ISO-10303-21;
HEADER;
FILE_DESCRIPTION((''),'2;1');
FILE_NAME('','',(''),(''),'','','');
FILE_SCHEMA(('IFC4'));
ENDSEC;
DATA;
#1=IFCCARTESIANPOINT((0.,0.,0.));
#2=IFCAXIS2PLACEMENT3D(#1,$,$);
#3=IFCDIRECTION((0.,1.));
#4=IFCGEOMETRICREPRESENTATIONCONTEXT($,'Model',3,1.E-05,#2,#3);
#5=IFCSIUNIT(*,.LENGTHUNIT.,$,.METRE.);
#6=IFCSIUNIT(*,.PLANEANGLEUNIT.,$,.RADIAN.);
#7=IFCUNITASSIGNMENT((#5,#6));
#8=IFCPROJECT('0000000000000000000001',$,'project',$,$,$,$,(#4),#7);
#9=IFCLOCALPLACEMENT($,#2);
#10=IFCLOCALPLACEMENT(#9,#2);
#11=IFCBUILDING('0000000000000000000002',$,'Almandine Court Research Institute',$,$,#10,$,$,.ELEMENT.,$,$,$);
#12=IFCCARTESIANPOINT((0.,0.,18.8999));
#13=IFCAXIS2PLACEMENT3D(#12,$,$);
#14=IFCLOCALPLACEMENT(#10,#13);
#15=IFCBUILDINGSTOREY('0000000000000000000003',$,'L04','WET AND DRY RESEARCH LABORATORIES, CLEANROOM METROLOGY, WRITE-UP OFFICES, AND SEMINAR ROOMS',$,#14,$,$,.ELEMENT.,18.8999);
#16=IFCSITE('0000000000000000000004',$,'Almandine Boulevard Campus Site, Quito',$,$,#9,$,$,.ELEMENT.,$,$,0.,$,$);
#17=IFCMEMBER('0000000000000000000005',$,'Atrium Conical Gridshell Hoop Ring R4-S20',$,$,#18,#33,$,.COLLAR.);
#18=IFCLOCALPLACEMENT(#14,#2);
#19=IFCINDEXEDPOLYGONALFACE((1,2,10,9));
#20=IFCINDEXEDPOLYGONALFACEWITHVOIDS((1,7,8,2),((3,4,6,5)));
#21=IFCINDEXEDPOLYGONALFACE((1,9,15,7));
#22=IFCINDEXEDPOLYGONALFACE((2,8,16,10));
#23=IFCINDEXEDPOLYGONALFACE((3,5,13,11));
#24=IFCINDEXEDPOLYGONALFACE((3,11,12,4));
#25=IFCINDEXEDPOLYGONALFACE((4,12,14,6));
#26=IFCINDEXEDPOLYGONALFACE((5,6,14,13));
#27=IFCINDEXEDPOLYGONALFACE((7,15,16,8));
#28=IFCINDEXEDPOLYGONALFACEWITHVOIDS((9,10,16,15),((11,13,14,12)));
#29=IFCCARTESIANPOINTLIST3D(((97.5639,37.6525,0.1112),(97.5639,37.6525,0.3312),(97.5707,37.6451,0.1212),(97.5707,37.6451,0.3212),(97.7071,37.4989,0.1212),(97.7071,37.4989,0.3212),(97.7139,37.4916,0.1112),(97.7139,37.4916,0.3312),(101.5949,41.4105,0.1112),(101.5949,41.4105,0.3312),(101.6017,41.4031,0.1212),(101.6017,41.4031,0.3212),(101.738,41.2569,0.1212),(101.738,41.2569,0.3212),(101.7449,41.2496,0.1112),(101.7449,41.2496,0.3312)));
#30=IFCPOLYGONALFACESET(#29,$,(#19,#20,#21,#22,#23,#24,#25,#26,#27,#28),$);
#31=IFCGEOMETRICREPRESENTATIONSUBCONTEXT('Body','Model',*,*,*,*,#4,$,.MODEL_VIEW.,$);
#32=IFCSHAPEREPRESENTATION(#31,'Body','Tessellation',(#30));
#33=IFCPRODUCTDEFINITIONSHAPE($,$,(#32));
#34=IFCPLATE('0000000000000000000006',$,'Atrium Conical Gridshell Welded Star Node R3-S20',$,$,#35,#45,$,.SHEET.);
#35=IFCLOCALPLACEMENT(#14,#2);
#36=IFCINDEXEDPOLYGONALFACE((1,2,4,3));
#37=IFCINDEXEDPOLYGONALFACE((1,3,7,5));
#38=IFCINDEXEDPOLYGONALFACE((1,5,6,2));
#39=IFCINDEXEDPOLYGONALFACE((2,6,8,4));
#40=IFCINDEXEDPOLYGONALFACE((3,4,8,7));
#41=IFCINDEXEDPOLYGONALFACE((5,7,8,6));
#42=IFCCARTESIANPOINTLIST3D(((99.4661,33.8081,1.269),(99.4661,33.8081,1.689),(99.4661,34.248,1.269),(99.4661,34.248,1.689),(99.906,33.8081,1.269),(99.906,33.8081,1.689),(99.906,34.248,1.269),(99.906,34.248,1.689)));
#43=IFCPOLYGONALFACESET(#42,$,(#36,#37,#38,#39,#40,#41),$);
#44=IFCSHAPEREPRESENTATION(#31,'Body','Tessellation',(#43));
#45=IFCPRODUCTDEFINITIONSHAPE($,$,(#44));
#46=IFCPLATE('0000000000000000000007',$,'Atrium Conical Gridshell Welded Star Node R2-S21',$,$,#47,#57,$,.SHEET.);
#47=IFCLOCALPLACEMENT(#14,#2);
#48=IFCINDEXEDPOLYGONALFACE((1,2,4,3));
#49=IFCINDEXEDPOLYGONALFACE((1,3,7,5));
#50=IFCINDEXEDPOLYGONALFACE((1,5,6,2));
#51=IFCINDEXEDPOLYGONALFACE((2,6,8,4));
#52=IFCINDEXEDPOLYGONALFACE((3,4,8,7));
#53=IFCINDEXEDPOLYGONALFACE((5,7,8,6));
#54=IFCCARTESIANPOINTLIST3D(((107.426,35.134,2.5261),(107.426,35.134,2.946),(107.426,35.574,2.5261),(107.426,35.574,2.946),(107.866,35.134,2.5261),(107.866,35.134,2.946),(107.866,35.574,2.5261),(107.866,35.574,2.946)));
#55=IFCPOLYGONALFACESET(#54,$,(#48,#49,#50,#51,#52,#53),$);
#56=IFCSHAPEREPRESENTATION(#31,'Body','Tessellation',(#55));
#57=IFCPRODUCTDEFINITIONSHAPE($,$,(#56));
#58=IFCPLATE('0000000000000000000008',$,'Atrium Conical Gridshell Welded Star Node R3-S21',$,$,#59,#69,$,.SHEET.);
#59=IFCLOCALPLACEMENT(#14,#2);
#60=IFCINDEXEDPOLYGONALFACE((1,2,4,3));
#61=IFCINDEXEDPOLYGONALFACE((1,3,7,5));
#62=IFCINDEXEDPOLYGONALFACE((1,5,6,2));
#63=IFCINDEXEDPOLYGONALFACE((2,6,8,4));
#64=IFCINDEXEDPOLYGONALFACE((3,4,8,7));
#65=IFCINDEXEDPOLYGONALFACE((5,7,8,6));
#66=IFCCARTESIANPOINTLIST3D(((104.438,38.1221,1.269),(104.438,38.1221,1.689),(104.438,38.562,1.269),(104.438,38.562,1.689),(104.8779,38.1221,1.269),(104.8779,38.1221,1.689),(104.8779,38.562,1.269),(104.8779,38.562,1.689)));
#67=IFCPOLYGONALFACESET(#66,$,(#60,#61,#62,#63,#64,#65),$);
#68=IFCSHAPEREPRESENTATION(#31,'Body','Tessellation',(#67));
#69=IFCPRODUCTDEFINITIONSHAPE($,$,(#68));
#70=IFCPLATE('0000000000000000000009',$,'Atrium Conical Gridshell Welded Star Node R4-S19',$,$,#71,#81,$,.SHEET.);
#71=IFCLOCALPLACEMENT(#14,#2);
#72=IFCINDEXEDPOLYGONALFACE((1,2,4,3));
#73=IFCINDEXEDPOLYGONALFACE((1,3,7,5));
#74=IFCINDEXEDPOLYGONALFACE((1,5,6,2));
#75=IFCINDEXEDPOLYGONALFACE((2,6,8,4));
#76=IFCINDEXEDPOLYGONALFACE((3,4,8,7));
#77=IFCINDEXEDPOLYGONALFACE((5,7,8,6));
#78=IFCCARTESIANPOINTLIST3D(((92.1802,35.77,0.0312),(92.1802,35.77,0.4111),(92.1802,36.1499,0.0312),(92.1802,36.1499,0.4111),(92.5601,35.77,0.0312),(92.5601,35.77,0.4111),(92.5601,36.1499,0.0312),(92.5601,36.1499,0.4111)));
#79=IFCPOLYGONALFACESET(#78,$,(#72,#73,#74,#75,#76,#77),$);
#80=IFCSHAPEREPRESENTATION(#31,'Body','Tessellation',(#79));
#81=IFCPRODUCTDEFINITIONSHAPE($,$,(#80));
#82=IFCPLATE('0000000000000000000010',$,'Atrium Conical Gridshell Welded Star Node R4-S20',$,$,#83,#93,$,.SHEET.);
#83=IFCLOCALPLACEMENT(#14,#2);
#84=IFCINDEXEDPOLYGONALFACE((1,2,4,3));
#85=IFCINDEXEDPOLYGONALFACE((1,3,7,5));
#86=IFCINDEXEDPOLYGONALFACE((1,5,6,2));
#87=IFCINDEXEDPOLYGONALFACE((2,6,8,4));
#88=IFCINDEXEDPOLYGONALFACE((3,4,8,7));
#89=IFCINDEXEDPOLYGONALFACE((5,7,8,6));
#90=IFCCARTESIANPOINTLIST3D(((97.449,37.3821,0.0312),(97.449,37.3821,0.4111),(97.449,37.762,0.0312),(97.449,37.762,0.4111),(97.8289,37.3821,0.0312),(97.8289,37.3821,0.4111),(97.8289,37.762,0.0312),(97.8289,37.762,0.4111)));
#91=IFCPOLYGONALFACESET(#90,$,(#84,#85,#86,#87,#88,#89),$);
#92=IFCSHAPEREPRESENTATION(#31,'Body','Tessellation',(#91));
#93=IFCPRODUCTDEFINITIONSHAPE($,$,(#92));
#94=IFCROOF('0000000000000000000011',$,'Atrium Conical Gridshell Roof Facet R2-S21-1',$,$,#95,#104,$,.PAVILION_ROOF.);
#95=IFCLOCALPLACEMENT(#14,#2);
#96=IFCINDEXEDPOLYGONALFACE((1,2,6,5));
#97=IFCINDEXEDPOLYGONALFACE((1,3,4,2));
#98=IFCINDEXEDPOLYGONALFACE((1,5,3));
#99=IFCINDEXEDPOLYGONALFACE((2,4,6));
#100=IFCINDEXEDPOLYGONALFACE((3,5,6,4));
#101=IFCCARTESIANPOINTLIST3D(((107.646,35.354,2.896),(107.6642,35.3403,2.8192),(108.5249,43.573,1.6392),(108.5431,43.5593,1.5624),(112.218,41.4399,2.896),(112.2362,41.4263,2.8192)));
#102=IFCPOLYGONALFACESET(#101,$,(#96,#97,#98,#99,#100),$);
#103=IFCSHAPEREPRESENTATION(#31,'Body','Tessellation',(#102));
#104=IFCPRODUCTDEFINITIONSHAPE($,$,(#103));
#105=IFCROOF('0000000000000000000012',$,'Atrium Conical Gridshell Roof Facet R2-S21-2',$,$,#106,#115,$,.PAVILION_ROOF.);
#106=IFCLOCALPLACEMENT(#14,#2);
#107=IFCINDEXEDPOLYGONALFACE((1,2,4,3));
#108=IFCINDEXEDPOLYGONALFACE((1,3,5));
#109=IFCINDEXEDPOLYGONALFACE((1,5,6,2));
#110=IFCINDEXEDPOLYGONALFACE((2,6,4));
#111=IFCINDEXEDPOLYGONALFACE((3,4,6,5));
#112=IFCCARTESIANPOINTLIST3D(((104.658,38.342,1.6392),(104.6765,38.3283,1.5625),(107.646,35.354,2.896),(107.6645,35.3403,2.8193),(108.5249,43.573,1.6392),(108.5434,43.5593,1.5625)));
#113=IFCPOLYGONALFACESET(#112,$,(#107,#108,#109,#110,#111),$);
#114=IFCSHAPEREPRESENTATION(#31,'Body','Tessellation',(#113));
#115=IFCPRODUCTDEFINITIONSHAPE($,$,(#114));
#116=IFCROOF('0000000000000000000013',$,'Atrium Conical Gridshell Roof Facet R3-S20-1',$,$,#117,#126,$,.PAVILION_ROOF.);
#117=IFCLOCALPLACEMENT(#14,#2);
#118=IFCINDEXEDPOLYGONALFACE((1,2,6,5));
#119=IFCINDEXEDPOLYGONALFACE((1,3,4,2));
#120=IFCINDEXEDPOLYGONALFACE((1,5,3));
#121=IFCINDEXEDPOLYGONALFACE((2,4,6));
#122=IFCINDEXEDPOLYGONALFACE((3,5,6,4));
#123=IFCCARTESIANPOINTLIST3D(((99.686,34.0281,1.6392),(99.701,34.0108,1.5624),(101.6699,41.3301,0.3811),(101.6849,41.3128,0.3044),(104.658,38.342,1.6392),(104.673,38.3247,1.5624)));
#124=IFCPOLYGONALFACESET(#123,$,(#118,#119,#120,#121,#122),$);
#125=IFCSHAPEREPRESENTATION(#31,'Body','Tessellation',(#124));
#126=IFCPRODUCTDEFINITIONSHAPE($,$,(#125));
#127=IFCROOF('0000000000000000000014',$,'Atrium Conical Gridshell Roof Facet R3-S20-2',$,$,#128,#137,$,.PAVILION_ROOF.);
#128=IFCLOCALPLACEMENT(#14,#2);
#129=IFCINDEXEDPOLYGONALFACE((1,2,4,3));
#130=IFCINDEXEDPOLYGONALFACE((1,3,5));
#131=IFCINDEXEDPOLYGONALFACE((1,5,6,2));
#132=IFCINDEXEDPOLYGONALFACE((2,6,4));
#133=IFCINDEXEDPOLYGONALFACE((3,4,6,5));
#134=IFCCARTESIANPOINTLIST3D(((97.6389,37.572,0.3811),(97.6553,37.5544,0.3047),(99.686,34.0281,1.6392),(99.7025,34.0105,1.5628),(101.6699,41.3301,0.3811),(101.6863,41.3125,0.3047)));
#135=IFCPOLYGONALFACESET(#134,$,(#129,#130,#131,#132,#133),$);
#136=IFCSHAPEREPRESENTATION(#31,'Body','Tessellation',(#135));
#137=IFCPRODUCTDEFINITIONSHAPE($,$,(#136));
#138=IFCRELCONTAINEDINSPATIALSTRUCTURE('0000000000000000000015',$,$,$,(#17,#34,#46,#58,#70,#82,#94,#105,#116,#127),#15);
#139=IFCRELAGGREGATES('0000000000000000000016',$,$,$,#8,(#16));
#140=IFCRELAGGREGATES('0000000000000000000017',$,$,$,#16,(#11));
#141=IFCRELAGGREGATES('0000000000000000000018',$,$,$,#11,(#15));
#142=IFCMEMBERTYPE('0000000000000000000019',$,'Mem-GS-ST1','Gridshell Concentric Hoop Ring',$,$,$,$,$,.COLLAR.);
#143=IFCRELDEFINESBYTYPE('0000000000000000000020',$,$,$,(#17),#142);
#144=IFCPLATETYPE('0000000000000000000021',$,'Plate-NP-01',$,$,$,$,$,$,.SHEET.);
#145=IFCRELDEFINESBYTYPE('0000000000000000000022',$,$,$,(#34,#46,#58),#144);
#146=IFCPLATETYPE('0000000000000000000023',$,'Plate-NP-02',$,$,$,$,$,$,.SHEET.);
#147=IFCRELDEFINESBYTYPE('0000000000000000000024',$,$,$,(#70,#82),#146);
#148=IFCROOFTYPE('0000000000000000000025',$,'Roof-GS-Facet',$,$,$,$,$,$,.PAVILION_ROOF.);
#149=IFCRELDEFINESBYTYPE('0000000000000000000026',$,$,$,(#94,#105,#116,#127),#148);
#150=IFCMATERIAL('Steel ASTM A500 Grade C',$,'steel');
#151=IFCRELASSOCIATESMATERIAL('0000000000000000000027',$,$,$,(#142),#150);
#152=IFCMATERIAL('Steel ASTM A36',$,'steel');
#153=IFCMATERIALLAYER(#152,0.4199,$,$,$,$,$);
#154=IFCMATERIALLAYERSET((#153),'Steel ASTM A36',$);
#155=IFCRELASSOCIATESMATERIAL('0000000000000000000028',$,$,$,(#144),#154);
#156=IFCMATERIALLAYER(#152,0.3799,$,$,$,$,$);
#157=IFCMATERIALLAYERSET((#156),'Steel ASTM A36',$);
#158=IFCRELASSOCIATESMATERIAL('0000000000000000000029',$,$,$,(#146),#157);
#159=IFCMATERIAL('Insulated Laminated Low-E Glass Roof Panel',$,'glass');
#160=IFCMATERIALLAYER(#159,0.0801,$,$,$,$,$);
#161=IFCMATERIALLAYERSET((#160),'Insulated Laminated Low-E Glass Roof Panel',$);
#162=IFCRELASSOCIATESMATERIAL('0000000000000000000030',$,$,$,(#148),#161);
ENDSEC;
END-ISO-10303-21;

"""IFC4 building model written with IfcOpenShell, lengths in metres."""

from ifc_helpers import new_model, si_unit, direction, frame, origin, origin_2d, place, context, subcontext, project, spatial, polyline, rectangle, hollow_rectangle, outline, extrude, material, layer, layer_set, material_profile, profile_set, type_object, element, save


model = new_model("IFC4")

# Units and contexts
model_context = context("Model", 3, precision=1e-05, world=origin(), true_north=direction((0.0, 1.0)))
body_context = subcontext(model_context, "Body", "Model", "MODEL_VIEW")
ifc_project = project(units=[si_unit("LENGTHUNIT", "METRE"), si_unit("PLANEANGLEUNIT", "RADIAN")], contexts=[model_context])

# Site, building, storey
site_placement = place(None, origin())
site = spatial("IfcSite", under=ifc_project, at=site_placement, Name="Almandine Boulevard Campus Site, Quito", CompositionType="ELEMENT", RefElevation=0.0)
building_placement = place(site_placement, origin())
building = spatial("IfcBuilding", under=site, at=building_placement, Name="Almandine Court Research Institute", CompositionType="ELEMENT")
storey_placement = place(building_placement, frame((0.0, 0.0, 18.8999)))
storey = spatial("IfcBuildingStorey", under=building, at=storey_placement, Name="L04", Description="WET AND DRY RESEARCH LABORATORIES, CLEANROOM METROLOGY, WRITE-UP OFFICES, AND SEMINAR ROOMS", CompositionType="ELEMENT", Elevation=18.8999)

# Member
ifc_material_1 = material(Name="Steel ASTM A500 Grade C", Category="steel")
ifc_material_profile_1 = material_profile(ifc_material_1, hollow_rectangle(XDim=0.22, YDim=0.22, WallThickness=0.01, at=origin_2d()), Name="HSS 220x220x10")
ifc_profile_set_1 = profile_set([ifc_material_profile_1], Name="Steel ASTM A500 Grade C")
member_type_1 = type_object("IfcMemberType", Name="Mem-GS-ST1", Description="Gridshell Concentric Hoop Ring", PredefinedType="COLLAR", material=ifc_profile_set_1)
member_1_placement = place(storey_placement, frame((97.6389, 37.572, 0.2212), z_axis=(0.731437, 0.681909, 0.0), x_axis=(-0.681909, 0.731437, 0.0)))
element("IfcMember", 1, at=member_1_placement, inside=storey, type_object=member_type_1, Name="Atrium Conical Gridshell Hoop Ring R4-S20", PredefinedType="COLLAR", context=body_context, shape_type="SweptSolid", body=[
    extrude(hollow_rectangle(XDim=0.22, YDim=0.22, WallThickness=0.01, at=origin_2d()), origin(), (0.0, 0.0, 1.0), 5.511),
])

# Plates
ifc_material_2 = material(Name="Steel ASTM A36", Category="steel")
ifc_layer_1 = layer(ifc_material_2, 0.4199)
ifc_layer_set_1 = layer_set([ifc_layer_1], Name="Steel ASTM A36")
plate_type_1 = type_object("IfcPlateType", Name="Plate-NP-01", PredefinedType="SHEET", material=ifc_layer_set_1)
for number, where, z_axis, x_axis, name in (
    (2, (99.686, 34.0281, 1.269), (0.0, 0.0, 1.0), (1.0, 0.0, 0.0), "Atrium Conical Gridshell Welded Star Node R3-S20"),
    (3, (107.646, 35.354, 2.5261), (0.0, 0.0, 1.0), (1.0, 0.0, 0.0), "Atrium Conical Gridshell Welded Star Node R2-S21"),
    (4, (104.658, 38.342, 1.269), (0.0, 0.0, 1.0), (1.0, 0.0, 0.0), "Atrium Conical Gridshell Welded Star Node R3-S21"),
):
    element("IfcPlate", number, at=place(storey_placement, frame(where, z_axis=z_axis, x_axis=x_axis)), inside=storey, type_object=plate_type_1, Name=name, PredefinedType="SHEET", context=body_context, shape_type="SweptSolid", body=[
        extrude(rectangle(XDim=0.4399, YDim=0.4399, at=origin_2d()), origin(), (0.0, 0.0, 1.0), 0.4199),
    ])
ifc_layer_2 = layer(ifc_material_2, 0.3799)
ifc_layer_set_2 = layer_set([ifc_layer_2], Name="Steel ASTM A36")
plate_type_2 = type_object("IfcPlateType", Name="Plate-NP-02", PredefinedType="SHEET", material=ifc_layer_set_2)
for number, where, z_axis, x_axis, name in (
    (5, (92.3701, 35.96, 0.0312), (0.0, 0.0, 1.0), (1.0, 0.0, 0.0), "Atrium Conical Gridshell Welded Star Node R4-S19"),
    (6, (97.6389, 37.572, 0.0312), (0.0, 0.0, 1.0), (1.0, 0.0, 0.0), "Atrium Conical Gridshell Welded Star Node R4-S20"),
):
    element("IfcPlate", number, at=place(storey_placement, frame(where, z_axis=z_axis, x_axis=x_axis)), inside=storey, type_object=plate_type_2, Name=name, PredefinedType="SHEET", context=body_context, shape_type="SweptSolid", body=[
        extrude(rectangle(XDim=0.3799, YDim=0.3799, at=origin_2d()), origin(), (0.0, 0.0, 1.0), 0.3799),
    ])

# Roofs
ifc_material_3 = material(Name="Insulated Laminated Low-E Glass Roof Panel", Category="glass")
ifc_layer_3 = layer(ifc_material_3, 0.0801)
ifc_layer_set_3 = layer_set([ifc_layer_3], Name="Insulated Laminated Low-E Glass Roof Panel")
roof_type = type_object("IfcRoofType", Name="Roof-GS-Facet", PredefinedType="PAVILION_ROOF", material=ifc_layer_set_3)
roof_1_placement = place(storey_placement, frame((107.646, 35.354, 2.896), z_axis=(-0.227525, 0.170926, 0.958654), x_axis=(0.600636, 0.799522, 0.0)))
element("IfcRoof", 7, at=roof_1_placement, inside=storey, type_object=roof_type, Name="Atrium Conical Gridshell Roof Facet R2-S21-1", PredefinedType="PAVILION_ROOF", context=body_context, shape_type="SweptSolid", body=[
    extrude(outline(polyline([(0.0, 0.0), (7.612, 0.0), (7.0992, 4.4165), (0.0, 0.0)])), origin(), (0.0, 0.0, -1.0), 0.0801),
])
roof_2_placement = place(storey_placement, frame((107.646, 35.354, 2.896), z_axis=(-0.231595, 0.171205, 0.957629), x_axis=(0.105122, 0.983032, -0.150324)))
element("IfcRoof", 8, at=roof_2_placement, inside=storey, type_object=roof_type, Name="Atrium Conical Gridshell Roof Facet R2-S21-2", PredefinedType="PAVILION_ROOF", context=body_context, shape_type="SweptSolid", body=[
    extrude(outline(polyline([(0.0, 0.0), (8.3609, 0.0), (2.8122, 3.3953), (0.0, 0.0)])), origin(), (0.0, 0.0, -1.0), 0.0801),
])
roof_3_placement = place(storey_placement, frame((99.686, 34.0281, 1.6392), z_axis=(-0.187429, 0.216016, 0.958231), x_axis=(0.755316, 0.655361, 0.0)))
element("IfcRoof", 9, at=roof_3_placement, inside=storey, type_object=roof_type, Name="Atrium Conical Gridshell Roof Facet R3-S20-1", PredefinedType="PAVILION_ROOF", context=body_context, shape_type="SweptSolid", body=[
    extrude(outline(polyline([(0.0, 0.0), (6.5826, 0.0), (6.2839, 4.3989), (0.0, 0.0)])), origin(), (0.0, 0.0, -1.0), 0.0801),
])
roof_4_placement = place(storey_placement, frame((99.686, 34.0281, 1.6392), z_axis=(-0.205144, 0.220044, 0.953675), x_axis=(0.258636, 0.95195, -0.164011)))
element("IfcRoof", 10, at=roof_4_placement, inside=storey, type_object=roof_type, Name="Atrium Conical Gridshell Roof Facet R3-S20-2", PredefinedType="PAVILION_ROOF", context=body_context, shape_type="SweptSolid", body=[
    extrude(outline(polyline([(0.0, 0.0), (7.6706, 0.0), (3.0505, 3.0045), (0.0, 0.0)])), origin(), (0.0, 0.0, -1.0), 0.0801),
])

save(model, "model.ifc")
